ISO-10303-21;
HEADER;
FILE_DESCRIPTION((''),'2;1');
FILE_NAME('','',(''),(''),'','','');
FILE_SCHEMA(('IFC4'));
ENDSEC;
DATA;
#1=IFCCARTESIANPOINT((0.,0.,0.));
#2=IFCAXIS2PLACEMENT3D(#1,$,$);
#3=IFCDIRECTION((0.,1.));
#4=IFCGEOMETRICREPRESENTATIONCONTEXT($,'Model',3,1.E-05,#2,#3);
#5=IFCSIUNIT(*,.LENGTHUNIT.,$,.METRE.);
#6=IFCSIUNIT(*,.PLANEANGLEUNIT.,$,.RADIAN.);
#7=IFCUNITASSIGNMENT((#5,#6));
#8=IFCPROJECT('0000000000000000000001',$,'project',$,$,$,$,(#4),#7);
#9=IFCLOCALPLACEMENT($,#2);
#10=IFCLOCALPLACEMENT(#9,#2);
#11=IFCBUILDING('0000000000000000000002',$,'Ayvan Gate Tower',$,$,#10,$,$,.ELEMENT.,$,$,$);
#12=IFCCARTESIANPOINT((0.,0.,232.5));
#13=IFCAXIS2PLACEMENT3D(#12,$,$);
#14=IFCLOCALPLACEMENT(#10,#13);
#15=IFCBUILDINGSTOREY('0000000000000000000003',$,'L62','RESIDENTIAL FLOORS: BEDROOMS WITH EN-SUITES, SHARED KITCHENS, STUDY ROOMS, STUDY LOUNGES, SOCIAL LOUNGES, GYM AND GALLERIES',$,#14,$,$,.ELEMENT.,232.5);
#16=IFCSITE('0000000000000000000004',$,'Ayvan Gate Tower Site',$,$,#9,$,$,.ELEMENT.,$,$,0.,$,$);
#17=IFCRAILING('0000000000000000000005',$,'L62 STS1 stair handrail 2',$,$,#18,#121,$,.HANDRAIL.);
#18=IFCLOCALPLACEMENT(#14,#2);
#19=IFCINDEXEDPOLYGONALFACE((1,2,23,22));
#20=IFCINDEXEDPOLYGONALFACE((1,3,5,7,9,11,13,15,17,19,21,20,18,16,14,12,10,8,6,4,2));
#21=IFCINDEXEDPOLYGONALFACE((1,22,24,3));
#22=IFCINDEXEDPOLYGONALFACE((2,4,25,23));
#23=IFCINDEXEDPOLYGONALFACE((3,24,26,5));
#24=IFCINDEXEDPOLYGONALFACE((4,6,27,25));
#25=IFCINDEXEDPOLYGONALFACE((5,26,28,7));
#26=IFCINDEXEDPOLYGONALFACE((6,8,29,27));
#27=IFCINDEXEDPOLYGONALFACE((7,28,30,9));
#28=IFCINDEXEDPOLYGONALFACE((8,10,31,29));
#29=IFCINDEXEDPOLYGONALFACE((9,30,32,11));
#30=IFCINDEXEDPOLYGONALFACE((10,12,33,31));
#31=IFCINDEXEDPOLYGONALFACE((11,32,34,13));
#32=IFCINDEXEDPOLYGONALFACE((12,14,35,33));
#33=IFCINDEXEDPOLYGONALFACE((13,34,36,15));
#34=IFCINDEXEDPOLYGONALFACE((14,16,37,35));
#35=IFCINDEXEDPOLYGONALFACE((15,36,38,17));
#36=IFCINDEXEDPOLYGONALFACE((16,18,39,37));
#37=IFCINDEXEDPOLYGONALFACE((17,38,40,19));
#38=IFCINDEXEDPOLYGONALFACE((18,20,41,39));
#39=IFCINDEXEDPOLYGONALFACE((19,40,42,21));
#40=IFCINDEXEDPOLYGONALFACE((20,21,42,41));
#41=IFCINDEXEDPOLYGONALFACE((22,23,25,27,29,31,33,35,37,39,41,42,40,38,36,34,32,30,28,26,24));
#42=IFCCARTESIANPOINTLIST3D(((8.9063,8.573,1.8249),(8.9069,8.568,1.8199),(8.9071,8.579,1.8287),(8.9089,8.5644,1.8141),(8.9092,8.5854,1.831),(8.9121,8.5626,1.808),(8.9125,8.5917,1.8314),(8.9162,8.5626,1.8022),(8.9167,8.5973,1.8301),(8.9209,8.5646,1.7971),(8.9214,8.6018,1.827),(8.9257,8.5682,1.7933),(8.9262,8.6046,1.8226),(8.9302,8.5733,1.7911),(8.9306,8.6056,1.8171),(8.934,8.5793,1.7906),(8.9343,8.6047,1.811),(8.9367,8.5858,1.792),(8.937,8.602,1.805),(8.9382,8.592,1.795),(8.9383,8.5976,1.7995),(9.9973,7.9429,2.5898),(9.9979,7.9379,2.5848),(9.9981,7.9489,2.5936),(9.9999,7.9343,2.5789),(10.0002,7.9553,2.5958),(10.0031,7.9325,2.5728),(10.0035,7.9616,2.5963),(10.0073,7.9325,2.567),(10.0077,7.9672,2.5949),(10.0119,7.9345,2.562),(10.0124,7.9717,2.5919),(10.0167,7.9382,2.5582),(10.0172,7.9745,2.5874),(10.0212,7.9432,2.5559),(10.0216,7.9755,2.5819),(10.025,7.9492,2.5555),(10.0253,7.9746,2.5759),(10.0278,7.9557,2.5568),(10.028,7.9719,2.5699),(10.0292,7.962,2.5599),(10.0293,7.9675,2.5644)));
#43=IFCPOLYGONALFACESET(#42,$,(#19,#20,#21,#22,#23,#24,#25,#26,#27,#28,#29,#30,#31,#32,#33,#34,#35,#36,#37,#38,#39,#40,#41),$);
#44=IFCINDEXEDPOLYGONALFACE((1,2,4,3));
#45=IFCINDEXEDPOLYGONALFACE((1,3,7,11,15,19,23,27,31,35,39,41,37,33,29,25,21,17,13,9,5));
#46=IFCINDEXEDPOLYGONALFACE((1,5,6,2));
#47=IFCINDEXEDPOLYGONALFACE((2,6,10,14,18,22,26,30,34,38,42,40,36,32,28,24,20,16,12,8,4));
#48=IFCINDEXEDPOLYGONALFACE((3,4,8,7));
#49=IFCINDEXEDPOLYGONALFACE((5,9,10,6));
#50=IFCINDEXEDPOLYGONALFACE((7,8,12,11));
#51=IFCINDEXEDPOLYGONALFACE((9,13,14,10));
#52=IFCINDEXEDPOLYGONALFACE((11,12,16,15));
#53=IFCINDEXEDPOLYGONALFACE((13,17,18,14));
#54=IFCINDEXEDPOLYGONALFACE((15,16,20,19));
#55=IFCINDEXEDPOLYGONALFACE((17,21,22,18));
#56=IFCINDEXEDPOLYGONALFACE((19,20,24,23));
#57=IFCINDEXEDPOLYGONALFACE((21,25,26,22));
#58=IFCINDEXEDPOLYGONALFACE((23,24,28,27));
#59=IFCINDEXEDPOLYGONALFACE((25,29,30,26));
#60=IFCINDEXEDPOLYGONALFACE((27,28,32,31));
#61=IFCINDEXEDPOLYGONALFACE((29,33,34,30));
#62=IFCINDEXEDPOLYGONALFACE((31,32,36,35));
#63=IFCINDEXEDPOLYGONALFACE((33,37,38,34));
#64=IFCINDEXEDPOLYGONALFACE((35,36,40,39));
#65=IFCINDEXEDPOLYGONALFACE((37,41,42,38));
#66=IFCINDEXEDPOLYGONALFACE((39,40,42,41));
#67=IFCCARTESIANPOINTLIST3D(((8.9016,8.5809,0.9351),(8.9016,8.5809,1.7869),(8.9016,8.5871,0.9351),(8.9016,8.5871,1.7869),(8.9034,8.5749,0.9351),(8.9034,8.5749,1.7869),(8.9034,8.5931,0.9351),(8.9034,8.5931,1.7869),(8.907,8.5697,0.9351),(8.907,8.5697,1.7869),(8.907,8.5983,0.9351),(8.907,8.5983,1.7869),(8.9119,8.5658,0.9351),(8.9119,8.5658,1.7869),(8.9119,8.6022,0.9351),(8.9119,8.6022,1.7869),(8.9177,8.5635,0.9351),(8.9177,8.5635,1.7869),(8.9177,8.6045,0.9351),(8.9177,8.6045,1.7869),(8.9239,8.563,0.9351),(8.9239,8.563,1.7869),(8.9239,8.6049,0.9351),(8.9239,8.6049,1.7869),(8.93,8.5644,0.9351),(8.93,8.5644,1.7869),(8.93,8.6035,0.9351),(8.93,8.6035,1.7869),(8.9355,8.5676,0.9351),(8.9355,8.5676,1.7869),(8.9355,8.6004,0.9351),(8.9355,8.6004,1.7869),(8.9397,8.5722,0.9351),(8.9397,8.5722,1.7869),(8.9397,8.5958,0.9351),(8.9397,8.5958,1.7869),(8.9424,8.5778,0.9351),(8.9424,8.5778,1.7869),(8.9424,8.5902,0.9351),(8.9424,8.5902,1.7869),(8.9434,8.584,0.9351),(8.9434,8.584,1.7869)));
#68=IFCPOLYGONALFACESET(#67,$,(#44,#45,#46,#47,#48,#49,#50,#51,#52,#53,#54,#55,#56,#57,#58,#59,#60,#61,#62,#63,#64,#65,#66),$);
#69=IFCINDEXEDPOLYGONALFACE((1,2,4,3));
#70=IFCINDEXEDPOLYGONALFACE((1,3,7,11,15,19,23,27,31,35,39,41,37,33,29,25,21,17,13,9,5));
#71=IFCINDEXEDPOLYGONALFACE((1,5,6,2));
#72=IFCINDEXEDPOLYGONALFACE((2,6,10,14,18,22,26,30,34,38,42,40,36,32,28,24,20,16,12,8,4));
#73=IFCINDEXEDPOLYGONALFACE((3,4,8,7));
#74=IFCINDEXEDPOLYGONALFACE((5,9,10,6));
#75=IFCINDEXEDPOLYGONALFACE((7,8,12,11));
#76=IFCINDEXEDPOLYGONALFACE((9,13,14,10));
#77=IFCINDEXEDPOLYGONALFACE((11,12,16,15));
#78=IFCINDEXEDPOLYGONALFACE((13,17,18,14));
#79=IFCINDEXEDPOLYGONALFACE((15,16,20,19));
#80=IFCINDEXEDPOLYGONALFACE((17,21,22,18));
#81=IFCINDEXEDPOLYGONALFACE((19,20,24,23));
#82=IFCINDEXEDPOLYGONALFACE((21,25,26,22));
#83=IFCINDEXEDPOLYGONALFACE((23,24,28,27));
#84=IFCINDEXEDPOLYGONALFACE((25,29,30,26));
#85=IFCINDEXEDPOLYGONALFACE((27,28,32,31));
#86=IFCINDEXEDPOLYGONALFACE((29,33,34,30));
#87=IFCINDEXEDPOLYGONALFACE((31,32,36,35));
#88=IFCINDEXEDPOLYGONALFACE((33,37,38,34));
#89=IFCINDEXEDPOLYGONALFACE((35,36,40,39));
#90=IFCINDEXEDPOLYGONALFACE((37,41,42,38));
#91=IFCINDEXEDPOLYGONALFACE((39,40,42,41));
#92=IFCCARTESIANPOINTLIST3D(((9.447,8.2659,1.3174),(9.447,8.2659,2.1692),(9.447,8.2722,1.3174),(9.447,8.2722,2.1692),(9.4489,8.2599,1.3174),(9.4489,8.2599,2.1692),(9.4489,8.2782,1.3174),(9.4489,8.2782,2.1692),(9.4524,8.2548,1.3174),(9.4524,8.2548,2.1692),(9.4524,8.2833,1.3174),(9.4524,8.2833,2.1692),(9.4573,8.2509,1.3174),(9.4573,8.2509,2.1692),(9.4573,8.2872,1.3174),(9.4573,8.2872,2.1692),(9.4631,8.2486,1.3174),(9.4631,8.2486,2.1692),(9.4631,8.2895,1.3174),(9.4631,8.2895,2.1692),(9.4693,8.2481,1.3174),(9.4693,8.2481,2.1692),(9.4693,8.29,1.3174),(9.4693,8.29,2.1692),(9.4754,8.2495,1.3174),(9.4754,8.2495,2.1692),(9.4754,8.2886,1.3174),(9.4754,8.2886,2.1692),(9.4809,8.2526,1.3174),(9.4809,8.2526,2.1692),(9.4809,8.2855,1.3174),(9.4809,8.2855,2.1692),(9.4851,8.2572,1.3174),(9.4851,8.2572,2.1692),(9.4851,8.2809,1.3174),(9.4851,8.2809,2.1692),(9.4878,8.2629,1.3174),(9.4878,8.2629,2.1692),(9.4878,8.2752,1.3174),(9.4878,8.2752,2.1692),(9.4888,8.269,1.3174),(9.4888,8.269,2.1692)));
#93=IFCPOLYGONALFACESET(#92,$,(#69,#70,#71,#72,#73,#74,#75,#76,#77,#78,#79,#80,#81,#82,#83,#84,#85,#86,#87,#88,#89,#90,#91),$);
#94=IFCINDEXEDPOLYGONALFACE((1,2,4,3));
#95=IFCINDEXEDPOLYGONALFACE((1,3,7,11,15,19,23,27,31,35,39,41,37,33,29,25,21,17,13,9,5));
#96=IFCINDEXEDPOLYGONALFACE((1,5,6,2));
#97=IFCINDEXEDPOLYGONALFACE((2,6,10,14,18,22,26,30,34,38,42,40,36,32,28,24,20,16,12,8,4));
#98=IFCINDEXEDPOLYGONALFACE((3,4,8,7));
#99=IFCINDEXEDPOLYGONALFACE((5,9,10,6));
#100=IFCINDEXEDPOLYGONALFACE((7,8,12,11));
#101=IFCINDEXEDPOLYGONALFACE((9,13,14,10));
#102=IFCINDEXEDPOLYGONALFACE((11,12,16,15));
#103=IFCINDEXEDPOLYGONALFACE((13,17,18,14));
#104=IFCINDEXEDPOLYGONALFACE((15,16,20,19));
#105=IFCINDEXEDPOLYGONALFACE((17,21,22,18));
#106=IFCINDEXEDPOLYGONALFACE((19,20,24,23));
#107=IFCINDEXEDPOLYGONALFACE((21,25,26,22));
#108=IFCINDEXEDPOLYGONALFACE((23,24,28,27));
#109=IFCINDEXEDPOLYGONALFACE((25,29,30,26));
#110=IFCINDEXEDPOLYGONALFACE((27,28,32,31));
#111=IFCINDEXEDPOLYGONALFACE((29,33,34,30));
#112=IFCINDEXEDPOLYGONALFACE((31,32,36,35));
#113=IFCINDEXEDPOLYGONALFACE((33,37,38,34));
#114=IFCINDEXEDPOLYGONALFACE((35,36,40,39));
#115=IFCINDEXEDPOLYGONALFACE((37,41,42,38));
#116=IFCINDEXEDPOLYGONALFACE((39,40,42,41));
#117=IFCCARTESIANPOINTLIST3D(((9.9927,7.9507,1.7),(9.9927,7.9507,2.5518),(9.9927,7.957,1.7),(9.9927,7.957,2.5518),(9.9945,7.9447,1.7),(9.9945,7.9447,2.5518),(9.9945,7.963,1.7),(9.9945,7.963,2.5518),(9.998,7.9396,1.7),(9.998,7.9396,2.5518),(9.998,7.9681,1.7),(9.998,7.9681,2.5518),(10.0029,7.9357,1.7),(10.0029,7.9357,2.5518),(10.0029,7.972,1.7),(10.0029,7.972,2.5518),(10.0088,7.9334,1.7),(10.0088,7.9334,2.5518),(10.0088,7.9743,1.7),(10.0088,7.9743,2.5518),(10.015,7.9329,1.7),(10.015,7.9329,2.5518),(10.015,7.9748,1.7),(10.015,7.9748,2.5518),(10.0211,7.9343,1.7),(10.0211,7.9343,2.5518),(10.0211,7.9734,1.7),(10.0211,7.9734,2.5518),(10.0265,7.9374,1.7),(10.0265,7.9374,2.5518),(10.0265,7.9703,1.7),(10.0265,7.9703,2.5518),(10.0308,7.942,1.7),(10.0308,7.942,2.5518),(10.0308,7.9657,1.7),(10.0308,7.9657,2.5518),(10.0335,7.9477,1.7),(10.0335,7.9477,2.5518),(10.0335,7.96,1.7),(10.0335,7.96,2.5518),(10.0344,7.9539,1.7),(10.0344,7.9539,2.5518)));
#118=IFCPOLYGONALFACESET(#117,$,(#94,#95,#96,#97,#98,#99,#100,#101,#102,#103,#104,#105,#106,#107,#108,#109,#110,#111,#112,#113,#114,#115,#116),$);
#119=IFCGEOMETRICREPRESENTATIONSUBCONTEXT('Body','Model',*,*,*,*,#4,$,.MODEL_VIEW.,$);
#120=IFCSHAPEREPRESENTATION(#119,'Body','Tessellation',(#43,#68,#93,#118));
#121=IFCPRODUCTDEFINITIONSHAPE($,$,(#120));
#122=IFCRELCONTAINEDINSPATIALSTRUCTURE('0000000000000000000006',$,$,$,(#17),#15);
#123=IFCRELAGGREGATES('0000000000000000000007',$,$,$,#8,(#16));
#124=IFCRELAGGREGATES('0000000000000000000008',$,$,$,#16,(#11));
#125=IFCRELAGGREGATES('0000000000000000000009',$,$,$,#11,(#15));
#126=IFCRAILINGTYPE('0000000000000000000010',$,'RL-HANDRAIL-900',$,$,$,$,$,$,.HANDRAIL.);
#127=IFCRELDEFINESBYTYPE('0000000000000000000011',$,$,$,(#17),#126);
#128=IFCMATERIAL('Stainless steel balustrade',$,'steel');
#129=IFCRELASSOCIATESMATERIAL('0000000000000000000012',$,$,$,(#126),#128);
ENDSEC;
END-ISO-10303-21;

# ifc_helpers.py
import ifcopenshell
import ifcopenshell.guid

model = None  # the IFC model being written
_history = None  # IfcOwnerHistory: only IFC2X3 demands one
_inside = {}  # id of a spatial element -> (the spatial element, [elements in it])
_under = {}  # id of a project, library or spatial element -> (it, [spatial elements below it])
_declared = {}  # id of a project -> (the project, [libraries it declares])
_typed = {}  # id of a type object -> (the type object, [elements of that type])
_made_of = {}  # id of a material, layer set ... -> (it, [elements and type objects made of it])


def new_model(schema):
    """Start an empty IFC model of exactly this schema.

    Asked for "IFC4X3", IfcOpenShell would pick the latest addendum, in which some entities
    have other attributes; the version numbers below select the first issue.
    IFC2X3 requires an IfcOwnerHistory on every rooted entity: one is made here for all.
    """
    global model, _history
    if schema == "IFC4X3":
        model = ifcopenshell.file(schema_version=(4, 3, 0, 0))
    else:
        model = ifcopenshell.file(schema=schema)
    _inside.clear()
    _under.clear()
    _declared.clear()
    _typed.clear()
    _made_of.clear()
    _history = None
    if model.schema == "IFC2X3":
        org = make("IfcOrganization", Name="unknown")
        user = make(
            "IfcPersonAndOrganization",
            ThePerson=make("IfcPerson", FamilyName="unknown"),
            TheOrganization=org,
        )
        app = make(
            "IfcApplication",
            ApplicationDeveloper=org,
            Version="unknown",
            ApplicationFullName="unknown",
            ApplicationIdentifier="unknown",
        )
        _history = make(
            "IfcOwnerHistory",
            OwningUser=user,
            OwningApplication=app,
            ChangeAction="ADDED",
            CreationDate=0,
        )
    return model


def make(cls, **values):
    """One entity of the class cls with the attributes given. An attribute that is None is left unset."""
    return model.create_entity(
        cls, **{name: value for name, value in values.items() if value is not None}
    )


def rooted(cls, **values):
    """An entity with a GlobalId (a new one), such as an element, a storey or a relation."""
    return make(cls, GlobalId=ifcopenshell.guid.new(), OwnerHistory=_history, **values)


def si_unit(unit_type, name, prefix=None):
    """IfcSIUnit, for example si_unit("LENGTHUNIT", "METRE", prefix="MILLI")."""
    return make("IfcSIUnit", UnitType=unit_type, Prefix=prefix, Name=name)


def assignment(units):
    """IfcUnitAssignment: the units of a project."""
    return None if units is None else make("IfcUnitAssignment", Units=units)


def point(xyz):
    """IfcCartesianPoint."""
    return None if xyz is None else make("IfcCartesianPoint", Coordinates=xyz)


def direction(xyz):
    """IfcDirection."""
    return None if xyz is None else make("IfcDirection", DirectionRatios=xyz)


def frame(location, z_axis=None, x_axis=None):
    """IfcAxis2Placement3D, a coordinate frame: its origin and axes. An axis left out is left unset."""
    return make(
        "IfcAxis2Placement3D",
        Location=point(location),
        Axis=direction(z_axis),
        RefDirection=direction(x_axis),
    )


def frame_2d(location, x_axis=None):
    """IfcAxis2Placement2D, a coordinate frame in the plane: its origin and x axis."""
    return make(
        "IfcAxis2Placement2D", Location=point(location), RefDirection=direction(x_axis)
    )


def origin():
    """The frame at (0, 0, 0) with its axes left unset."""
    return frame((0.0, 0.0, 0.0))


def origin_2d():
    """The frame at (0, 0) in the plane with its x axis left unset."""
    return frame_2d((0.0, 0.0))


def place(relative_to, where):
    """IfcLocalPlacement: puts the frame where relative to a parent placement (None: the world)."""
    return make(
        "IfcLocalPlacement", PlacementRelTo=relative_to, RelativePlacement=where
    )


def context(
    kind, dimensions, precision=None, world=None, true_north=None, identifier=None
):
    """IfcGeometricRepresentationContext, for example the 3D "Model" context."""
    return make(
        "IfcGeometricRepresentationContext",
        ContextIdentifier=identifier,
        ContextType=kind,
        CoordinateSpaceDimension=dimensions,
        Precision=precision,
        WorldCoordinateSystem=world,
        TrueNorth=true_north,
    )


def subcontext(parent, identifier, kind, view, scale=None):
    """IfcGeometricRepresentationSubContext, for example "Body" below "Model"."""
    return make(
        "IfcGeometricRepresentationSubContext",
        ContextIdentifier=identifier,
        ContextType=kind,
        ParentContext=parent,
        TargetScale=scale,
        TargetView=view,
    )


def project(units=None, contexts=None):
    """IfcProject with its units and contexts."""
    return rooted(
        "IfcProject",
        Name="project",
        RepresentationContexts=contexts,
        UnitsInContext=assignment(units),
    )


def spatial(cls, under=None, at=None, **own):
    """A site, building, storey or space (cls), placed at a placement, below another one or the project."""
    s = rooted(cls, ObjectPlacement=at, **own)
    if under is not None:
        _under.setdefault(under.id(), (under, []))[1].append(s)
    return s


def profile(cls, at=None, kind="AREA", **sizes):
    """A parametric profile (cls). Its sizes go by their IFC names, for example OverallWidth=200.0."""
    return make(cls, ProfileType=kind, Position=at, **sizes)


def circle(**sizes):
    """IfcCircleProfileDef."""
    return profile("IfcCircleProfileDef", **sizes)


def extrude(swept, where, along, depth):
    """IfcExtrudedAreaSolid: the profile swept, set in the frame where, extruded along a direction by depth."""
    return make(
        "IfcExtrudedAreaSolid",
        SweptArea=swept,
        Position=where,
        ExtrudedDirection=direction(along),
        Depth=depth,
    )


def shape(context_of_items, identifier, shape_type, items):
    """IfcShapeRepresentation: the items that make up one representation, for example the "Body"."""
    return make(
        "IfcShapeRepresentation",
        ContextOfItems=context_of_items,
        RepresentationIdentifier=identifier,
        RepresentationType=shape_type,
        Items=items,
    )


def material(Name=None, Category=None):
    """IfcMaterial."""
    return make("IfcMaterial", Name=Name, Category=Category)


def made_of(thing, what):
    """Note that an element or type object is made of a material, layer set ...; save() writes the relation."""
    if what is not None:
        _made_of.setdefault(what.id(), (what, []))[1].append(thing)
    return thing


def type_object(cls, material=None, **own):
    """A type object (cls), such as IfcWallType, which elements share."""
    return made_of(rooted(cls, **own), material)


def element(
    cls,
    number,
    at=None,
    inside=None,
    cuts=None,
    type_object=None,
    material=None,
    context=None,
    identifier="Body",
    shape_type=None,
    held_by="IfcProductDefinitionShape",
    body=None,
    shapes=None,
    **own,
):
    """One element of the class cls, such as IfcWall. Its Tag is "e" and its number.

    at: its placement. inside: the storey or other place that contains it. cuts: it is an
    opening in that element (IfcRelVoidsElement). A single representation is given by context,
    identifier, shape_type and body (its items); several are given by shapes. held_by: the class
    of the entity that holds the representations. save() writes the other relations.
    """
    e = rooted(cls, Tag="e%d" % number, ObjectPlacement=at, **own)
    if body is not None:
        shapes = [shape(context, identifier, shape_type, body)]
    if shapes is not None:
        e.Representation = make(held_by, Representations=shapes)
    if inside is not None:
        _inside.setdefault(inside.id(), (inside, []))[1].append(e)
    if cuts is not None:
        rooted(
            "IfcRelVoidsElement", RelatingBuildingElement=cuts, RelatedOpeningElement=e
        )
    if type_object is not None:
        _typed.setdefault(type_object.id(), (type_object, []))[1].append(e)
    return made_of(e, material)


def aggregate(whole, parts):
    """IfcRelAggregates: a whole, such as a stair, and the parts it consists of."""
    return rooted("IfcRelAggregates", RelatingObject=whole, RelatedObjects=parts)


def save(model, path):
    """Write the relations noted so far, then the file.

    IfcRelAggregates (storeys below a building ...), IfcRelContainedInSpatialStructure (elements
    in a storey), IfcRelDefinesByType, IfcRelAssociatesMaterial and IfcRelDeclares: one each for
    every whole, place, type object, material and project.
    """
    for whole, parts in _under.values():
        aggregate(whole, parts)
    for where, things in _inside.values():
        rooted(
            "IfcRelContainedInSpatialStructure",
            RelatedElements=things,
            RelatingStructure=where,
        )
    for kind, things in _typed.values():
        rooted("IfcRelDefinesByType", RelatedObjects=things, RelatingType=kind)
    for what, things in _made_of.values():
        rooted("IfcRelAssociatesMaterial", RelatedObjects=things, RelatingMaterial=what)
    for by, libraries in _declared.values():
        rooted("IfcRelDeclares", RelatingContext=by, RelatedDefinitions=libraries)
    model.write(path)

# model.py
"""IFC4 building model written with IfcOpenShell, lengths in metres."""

from ifc_helpers import new_model, si_unit, direction, frame, origin, origin_2d, place, context, subcontext, project, spatial, circle, extrude, material, type_object, element, save


model = new_model("IFC4")

# Units and contexts
model_context = context("Model", 3, precision=1e-05, world=origin(), true_north=direction((0.0, 1.0)))
body_context = subcontext(model_context, "Body", "Model", "MODEL_VIEW")
ifc_project = project(units=[si_unit("LENGTHUNIT", "METRE"), si_unit("PLANEANGLEUNIT", "RADIAN")], contexts=[model_context])

# Site, building, storey
site_placement = place(None, origin())
site = spatial("IfcSite", under=ifc_project, at=site_placement, Name="Ayvan Gate Tower Site", CompositionType="ELEMENT", RefElevation=0.0)
building_placement = place(site_placement, origin())
building = spatial("IfcBuilding", under=site, at=building_placement, Name="Ayvan Gate Tower", CompositionType="ELEMENT")
storey_placement = place(building_placement, frame((0.0, 0.0, 232.5)))
storey = spatial("IfcBuildingStorey", under=building, at=storey_placement, Name="L62", Description="RESIDENTIAL FLOORS: BEDROOMS WITH EN-SUITES, SHARED KITCHENS, STUDY ROOMS, STUDY LOUNGES, SOCIAL LOUNGES, GYM AND GALLERIES", CompositionType="ELEMENT", Elevation=232.5)

# Railing
ifc_material_1 = material(Name="Stainless steel balustrade", Category="steel")
railing_type_1 = type_object("IfcRailingType", Name="RL-HANDRAIL-900", PredefinedType="HANDRAIL", material=ifc_material_1)
railing_1_placement = place(storey_placement, frame((8.9224, 8.584, 0.9351)))
element("IfcRailing", 1, at=railing_1_placement, inside=storey, type_object=railing_type_1, Name="L62 STS1 stair handrail 2", PredefinedType="HANDRAIL", context=body_context, shape_type="SweptSolid", body=[
    extrude(circle(Radius=0.0239, at=origin_2d()), frame((0.0, 0.0, 0.876), z_axis=(0.740229, -0.427508, 0.518939), x_axis=(0.500119, 0.865956, 0.0)), (0.0, 0.0, 1.0), 1.4739),
    extrude(circle(Radius=0.021, at=origin_2d()), origin(), (0.0, 0.0, 1.0), 0.8518),
    extrude(circle(Radius=0.021, at=origin_2d()), frame((0.5454, -0.3149, 0.3823)), (0.0, 0.0, 1.0), 0.8518),
    extrude(circle(Radius=0.021, at=origin_2d()), frame((1.0911, -0.6301, 0.7649)), (0.0, 0.0, 1.0), 0.8518),
])

save(model, "model.ifc")
